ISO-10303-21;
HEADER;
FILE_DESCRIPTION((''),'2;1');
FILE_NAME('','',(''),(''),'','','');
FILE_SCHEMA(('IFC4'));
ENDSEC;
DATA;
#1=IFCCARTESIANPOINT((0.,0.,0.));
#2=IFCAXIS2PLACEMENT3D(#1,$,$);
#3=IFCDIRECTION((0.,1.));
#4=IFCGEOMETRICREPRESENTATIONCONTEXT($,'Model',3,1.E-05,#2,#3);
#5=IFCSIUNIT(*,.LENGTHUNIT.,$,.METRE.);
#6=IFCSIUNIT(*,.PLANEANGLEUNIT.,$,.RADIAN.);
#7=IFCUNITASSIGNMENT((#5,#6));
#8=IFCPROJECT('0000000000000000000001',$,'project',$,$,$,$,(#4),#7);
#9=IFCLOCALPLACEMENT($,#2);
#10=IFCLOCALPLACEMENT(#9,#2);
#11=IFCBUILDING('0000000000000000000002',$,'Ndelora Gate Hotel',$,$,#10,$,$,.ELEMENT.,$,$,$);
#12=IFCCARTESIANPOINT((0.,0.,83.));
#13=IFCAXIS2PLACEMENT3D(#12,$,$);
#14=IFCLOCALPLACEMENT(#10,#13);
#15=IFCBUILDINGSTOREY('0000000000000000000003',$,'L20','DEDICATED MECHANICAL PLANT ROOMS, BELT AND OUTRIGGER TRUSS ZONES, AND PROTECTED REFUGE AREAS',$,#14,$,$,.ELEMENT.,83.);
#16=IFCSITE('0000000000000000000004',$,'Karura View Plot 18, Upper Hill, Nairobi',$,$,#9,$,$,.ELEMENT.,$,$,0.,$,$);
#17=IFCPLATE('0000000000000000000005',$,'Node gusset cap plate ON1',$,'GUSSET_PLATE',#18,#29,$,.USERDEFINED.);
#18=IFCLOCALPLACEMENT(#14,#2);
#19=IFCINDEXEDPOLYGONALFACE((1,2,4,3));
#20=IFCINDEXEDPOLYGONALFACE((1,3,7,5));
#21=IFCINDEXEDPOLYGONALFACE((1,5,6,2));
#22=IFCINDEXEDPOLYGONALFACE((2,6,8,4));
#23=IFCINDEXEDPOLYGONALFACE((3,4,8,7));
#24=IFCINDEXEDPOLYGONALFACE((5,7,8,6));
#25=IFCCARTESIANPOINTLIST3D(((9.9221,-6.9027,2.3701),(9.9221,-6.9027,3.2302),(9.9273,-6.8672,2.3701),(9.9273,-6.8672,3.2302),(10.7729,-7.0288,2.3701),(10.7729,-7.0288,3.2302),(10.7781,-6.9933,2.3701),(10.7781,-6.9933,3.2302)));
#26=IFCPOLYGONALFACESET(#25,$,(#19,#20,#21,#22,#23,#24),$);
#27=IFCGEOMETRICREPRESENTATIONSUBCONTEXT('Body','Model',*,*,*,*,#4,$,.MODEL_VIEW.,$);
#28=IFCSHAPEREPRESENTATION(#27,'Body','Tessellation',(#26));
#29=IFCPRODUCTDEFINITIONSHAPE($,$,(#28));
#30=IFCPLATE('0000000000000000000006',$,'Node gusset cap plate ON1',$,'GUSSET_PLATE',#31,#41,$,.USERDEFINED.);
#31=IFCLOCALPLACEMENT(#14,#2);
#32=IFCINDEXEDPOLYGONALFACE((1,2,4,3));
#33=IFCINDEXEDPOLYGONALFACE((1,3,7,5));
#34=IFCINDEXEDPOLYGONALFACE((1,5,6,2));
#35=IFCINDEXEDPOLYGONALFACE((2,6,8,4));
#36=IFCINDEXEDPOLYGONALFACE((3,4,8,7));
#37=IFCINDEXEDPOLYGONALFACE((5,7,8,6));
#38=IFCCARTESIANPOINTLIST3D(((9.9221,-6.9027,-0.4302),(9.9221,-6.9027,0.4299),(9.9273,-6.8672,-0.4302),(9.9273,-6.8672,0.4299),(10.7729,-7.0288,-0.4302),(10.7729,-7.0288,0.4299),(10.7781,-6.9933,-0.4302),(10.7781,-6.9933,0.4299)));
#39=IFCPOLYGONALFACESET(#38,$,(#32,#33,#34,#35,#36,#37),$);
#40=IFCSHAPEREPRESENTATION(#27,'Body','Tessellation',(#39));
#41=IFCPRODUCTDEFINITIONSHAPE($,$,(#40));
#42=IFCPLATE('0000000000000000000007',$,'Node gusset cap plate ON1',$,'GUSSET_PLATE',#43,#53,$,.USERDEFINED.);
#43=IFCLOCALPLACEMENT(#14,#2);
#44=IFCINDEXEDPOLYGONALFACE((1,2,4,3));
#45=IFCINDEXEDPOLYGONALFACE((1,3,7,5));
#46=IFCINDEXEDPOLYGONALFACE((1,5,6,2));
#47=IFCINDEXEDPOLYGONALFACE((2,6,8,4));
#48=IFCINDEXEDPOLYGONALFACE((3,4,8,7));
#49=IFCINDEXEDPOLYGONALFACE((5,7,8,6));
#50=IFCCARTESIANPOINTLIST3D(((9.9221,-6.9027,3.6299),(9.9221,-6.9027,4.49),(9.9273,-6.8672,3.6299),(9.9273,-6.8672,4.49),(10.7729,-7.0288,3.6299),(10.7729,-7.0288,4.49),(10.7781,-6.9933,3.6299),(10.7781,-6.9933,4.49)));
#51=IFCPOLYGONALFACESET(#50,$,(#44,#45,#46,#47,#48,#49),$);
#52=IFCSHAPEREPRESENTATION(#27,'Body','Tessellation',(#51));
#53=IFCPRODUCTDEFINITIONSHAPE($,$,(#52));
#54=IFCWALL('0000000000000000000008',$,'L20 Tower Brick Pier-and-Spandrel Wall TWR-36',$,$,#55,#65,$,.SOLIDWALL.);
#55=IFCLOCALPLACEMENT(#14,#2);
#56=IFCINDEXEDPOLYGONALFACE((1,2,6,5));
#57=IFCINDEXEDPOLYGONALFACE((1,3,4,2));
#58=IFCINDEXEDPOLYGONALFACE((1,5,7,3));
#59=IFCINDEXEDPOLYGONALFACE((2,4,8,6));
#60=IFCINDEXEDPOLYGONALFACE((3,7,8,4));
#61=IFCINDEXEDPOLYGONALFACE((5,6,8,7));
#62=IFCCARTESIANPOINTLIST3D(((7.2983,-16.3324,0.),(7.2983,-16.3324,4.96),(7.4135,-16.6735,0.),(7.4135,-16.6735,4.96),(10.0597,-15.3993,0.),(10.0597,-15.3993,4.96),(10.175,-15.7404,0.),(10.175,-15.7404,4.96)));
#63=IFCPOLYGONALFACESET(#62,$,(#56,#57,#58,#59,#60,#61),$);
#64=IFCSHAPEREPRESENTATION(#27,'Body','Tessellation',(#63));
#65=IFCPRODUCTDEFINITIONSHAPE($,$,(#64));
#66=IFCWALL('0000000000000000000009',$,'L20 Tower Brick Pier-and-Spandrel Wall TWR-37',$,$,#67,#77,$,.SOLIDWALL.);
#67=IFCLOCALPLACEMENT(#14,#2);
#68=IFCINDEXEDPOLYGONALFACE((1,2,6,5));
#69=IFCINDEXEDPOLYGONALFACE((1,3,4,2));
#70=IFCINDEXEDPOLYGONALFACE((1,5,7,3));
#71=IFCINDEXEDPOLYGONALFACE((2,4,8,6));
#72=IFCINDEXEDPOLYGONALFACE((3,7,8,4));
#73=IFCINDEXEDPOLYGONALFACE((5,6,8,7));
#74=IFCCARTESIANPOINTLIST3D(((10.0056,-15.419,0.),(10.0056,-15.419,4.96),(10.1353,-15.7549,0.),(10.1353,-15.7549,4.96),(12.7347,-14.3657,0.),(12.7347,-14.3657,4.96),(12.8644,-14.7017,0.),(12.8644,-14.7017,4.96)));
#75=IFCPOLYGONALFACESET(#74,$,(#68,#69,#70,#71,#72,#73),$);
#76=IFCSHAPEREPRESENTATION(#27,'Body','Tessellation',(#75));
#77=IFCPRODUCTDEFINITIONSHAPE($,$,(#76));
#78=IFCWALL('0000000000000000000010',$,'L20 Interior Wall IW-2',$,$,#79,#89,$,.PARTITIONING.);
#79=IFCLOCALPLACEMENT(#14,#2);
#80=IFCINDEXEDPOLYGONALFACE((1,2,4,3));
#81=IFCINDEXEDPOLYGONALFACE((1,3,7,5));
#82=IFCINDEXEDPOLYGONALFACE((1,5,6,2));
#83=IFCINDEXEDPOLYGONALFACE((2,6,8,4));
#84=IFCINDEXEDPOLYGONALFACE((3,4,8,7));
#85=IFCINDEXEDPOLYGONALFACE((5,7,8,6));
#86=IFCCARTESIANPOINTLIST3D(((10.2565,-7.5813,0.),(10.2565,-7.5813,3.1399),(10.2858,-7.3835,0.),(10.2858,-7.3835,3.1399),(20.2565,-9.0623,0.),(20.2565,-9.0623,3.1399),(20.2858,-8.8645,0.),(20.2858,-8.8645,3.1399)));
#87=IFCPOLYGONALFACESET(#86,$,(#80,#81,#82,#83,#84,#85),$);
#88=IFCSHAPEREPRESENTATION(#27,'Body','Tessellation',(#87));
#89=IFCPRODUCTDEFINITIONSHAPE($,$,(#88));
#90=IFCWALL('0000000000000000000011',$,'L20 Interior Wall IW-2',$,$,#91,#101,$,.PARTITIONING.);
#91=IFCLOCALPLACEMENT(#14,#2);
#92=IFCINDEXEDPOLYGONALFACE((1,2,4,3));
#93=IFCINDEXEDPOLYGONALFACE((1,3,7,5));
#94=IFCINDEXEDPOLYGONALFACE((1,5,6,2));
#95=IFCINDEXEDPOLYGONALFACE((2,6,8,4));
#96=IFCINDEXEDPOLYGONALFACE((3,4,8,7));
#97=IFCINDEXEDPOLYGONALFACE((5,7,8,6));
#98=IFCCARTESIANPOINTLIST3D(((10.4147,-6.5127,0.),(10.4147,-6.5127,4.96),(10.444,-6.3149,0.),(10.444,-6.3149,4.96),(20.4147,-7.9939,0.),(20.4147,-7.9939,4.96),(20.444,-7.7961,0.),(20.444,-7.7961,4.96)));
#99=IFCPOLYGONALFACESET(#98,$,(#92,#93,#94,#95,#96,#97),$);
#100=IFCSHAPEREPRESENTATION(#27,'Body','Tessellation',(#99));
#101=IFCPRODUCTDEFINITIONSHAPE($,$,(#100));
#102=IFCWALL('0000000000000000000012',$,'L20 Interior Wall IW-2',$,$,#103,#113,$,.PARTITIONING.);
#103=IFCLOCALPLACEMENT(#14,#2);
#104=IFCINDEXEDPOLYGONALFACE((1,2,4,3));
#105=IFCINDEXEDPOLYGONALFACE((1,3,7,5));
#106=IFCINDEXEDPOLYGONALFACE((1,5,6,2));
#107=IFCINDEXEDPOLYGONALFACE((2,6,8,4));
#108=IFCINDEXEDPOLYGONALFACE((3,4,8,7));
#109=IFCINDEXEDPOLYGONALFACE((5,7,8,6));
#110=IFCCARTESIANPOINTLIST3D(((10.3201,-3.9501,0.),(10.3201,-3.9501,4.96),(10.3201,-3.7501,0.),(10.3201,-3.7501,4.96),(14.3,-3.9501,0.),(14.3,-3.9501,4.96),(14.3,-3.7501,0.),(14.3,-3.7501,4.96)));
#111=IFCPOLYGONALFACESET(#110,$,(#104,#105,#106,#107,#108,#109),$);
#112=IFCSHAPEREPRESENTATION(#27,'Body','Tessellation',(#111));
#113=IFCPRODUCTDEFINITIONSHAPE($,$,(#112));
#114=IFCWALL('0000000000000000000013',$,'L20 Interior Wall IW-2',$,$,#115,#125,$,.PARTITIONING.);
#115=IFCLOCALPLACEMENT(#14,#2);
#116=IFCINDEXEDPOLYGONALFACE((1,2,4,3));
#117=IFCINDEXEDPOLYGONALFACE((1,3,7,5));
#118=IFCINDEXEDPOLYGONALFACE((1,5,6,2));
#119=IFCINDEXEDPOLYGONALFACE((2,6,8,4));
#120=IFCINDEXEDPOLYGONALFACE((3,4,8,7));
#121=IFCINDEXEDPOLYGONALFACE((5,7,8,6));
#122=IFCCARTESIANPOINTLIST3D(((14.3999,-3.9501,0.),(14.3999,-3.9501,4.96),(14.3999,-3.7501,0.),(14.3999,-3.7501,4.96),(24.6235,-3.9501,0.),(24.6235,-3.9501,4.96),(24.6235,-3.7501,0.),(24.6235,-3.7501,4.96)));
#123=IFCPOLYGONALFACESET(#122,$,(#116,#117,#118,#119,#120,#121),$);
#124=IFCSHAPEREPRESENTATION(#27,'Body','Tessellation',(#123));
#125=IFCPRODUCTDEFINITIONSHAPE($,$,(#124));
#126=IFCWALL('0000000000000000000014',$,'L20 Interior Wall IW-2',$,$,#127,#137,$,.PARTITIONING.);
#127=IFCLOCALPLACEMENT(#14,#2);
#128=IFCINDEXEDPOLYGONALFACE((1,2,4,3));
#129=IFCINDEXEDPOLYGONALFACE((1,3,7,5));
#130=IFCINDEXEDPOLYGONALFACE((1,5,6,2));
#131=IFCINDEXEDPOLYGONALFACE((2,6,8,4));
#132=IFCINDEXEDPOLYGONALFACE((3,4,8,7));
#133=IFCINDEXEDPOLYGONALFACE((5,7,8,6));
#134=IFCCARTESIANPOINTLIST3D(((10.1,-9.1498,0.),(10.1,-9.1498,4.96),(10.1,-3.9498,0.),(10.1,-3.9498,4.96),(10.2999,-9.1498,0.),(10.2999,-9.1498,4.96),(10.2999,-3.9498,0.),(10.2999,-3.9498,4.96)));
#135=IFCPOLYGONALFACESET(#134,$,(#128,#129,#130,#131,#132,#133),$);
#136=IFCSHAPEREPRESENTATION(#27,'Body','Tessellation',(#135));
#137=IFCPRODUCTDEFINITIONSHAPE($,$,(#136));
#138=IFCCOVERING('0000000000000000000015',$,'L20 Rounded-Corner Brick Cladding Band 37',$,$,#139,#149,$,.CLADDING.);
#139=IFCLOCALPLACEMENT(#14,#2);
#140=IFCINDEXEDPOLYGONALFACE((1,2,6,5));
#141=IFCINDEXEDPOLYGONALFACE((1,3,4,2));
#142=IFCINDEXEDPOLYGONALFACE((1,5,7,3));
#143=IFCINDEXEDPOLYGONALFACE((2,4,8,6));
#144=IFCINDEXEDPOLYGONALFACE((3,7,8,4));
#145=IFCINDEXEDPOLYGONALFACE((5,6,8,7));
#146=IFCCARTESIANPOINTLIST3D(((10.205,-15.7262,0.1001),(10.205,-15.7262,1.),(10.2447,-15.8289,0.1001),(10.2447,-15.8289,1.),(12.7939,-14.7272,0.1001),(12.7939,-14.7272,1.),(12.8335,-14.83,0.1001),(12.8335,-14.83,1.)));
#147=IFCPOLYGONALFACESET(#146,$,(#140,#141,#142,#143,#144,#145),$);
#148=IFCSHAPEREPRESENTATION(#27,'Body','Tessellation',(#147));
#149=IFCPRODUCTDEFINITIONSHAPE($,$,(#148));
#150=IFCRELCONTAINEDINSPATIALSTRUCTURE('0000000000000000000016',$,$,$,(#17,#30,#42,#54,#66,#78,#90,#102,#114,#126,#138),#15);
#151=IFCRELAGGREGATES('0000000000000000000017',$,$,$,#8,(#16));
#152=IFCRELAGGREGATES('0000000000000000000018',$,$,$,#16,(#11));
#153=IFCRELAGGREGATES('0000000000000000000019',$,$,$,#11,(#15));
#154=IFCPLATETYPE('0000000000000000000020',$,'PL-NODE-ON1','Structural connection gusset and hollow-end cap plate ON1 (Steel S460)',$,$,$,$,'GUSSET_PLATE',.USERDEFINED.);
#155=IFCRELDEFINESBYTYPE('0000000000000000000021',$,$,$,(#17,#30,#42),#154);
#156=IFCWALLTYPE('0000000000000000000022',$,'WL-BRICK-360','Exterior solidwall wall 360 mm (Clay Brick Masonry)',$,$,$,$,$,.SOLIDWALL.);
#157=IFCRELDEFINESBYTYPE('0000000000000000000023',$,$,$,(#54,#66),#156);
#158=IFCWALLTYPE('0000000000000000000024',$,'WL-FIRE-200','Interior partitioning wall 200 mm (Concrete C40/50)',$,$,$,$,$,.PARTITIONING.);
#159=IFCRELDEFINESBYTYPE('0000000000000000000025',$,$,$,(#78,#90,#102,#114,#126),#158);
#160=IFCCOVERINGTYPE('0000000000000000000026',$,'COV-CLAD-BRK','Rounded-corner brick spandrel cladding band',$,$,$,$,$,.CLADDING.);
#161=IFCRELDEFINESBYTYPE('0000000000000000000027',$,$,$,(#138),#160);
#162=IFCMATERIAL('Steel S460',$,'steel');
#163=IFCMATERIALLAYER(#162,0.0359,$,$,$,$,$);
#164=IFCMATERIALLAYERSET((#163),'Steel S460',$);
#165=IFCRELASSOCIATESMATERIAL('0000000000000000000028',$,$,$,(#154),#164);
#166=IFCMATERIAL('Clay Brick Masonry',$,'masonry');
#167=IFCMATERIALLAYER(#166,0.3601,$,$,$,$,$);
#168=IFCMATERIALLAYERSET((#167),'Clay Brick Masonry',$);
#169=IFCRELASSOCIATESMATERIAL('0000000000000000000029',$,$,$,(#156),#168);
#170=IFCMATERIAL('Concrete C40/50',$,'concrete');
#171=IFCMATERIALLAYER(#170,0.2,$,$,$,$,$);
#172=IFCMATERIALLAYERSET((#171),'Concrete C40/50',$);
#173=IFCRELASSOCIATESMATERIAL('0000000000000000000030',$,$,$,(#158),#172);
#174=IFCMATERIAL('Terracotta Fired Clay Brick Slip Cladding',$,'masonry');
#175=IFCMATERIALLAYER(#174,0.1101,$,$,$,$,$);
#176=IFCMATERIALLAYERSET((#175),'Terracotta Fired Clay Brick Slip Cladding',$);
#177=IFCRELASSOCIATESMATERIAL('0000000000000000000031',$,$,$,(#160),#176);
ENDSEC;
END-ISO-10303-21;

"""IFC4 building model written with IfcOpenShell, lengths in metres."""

from ifc_helpers import new_model, si_unit, direction, frame, frame_2d, origin, origin_2d, place, context, subcontext, project, spatial, rectangle, extrude, material, layer, layer_set, type_object, element, save


model = new_model("IFC4")

# Units and contexts
model_context = context("Model", 3, precision=1e-05, world=origin(), true_north=direction((0.0, 1.0)))
body_context = subcontext(model_context, "Body", "Model", "MODEL_VIEW")
ifc_project = project(units=[si_unit("LENGTHUNIT", "METRE"), si_unit("PLANEANGLEUNIT", "RADIAN")], contexts=[model_context])

# Site, building, storey
site_placement = place(None, origin())
site = spatial("IfcSite", under=ifc_project, at=site_placement, Name="Karura View Plot 18, Upper Hill, Nairobi", CompositionType="ELEMENT", RefElevation=0.0)
building_placement = place(site_placement, origin())
building = spatial("IfcBuilding", under=site, at=building_placement, Name="Ndelora Gate Hotel", CompositionType="ELEMENT")
storey_placement = place(building_placement, frame((0.0, 0.0, 83.0)))
storey = spatial("IfcBuildingStorey", under=building, at=storey_placement, Name="L20", Description="DEDICATED MECHANICAL PLANT ROOMS, BELT AND OUTRIGGER TRUSS ZONES, AND PROTECTED REFUGE AREAS", CompositionType="ELEMENT", Elevation=83.0)

# Shared definitions
ifc_material_1 = material(Name="Steel S460", Category="steel")

# Plates
ifc_layer_1 = layer(ifc_material_1, 0.0359)
ifc_layer_set_1 = layer_set([ifc_layer_1], Name="Steel S460")
plate_type_1 = type_object("IfcPlateType", Name="PL-NODE-ON1", Description="Structural connection gusset and hollow-end cap plate ON1 (Steel S460)", ElementType="GUSSET_PLATE", PredefinedType="USERDEFINED", material=ifc_layer_set_1)
for number, where, z_axis, x_axis, name in (
    (1, (10.3501, -6.948, 2.3701), (0.0, 0.0, 1.0), (-0.989196, 0.146601, 0.0), "Node gusset cap plate ON1"),
    (2, (10.3501, -6.948, -0.4302), (0.0, 0.0, 1.0), (-0.989196, 0.146601, 0.0), "Node gusset cap plate ON1"),
    (3, (10.3501, -6.948, 3.6299), (0.0, 0.0, 1.0), (-0.989196, 0.146601, 0.0), "Node gusset cap plate ON1"),
):
    element("IfcPlate", number, at=place(storey_placement, frame(where, z_axis=z_axis, x_axis=x_axis)), inside=storey, type_object=plate_type_1, Name=name, ObjectType="GUSSET_PLATE", PredefinedType="USERDEFINED", context=body_context, shape_type="SweptSolid", body=[
        extrude(rectangle(XDim=0.8601, YDim=0.0359, at=origin_2d()), origin(), (0.0, 0.0, 1.0), 0.8601),
    ])

# Walls
ifc_material_2 = material(Name="Clay Brick Masonry", Category="masonry")
ifc_layer_2 = layer(ifc_material_2, 0.3601)
ifc_layer_set_2 = layer_set([ifc_layer_2], Name="Clay Brick Masonry")
wall_type_1 = type_object("IfcWallType", Name="WL-BRICK-360", Description="Exterior solidwall wall 360 mm (Clay Brick Masonry)", PredefinedType="SOLIDWALL", material=ifc_layer_set_2)
wall_1_placement = place(storey_placement, frame((10.1174, -15.5698, 0.0), z_axis=(0.0, 0.0, 1.0), x_axis=(-0.947377, -0.32012, 0.0)))
element("IfcWall", 4, at=wall_1_placement, inside=storey, type_object=wall_type_1, Name="L20 Tower Brick Pier-and-Spandrel Wall TWR-36", PredefinedType="SOLIDWALL", context=body_context, shape_type="SweptSolid", body=[
    extrude(rectangle(XDim=2.9148, YDim=0.3601, at=frame_2d((1.4575, 0.0))), origin(), (0.0, 0.0, 1.0), 4.96),
])
wall_2_placement = place(storey_placement, frame((12.7996, -14.5337, 0.0), z_axis=(0.0, 0.0, 1.0), x_axis=(-0.932932, -0.360053, 0.0)))
element("IfcWall", 5, at=wall_2_placement, inside=storey, type_object=wall_type_1, Name="L20 Tower Brick Pier-and-Spandrel Wall TWR-37", PredefinedType="SOLIDWALL", context=body_context, shape_type="SweptSolid", body=[
    extrude(rectangle(XDim=2.9253, YDim=0.3601, at=frame_2d((1.4626, 0.0))), origin(), (0.0, 0.0, 1.0), 4.96),
])
ifc_material_3 = material(Name="Concrete C40/50", Category="concrete")
ifc_layer_3 = layer(ifc_material_3, 0.2)
ifc_layer_set_3 = layer_set([ifc_layer_3], Name="Concrete C40/50")
wall_type_2 = type_object("IfcWallType", Name="WL-FIRE-200", Description="Interior partitioning wall 200 mm (Concrete C40/50)", PredefinedType="PARTITIONING", material=ifc_layer_set_3)
wall_3_placement = place(storey_placement, frame((10.271, -7.4824, 0.0), z_axis=(0.0, 0.0, 1.0), x_axis=(0.989211, -0.146498, 0.0)))
element("IfcWall", 6, at=wall_3_placement, inside=storey, type_object=wall_type_2, Name="L20 Interior Wall IW-2", PredefinedType="PARTITIONING", context=body_context, shape_type="SweptSolid", body=[
    extrude(rectangle(XDim=10.1091, YDim=0.2, at=frame_2d((5.0547, 0.0))), origin(), (0.0, 0.0, 1.0), 3.1399),
])
wall_4_placement = place(storey_placement, frame((10.4292, -6.4138, 0.0), z_axis=(0.0, 0.0, 1.0), x_axis=(0.989207, -0.146522, 0.0)))
element("IfcWall", 7, at=wall_4_placement, inside=storey, type_object=wall_type_2, Name="L20 Interior Wall IW-2", PredefinedType="PARTITIONING", context=body_context, shape_type="SweptSolid", body=[
    extrude(rectangle(XDim=10.1091, YDim=0.2, at=frame_2d((5.0547, 0.0))), origin(), (0.0, 0.0, 1.0), 4.96),
])
wall_5_placement = place(storey_placement, frame((10.3201, -3.8501, 0.0), z_axis=(0.0, 0.0, 1.0), x_axis=(1.0, 0.0, 0.0)))
element("IfcWall", 8, at=wall_5_placement, inside=storey, type_object=wall_type_2, Name="L20 Interior Wall IW-2", PredefinedType="PARTITIONING", context=body_context, shape_type="SweptSolid", body=[
    extrude(rectangle(XDim=3.98, YDim=0.2, at=frame_2d((1.99, 0.0))), origin(), (0.0, 0.0, 1.0), 4.96),
])
wall_6_placement = place(storey_placement, frame((14.3999, -3.8501, 0.0), z_axis=(0.0, 0.0, 1.0), x_axis=(1.0, 0.0, 0.0)))
element("IfcWall", 9, at=wall_6_placement, inside=storey, type_object=wall_type_2, Name="L20 Interior Wall IW-2", PredefinedType="PARTITIONING", context=body_context, shape_type="SweptSolid", body=[
    extrude(rectangle(XDim=10.2236, YDim=0.2, at=frame_2d((5.1118, 0.0))), origin(), (0.0, 0.0, 1.0), 4.96),
])
wall_7_placement = place(storey_placement, frame((10.2, -9.1499, 0.0), z_axis=(0.0, 0.0, 1.0), x_axis=(0.0, 1.0, 0.0)))
element("IfcWall", 10, at=wall_7_placement, inside=storey, type_object=wall_type_2, Name="L20 Interior Wall IW-2", PredefinedType="PARTITIONING", context=body_context, shape_type="SweptSolid", body=[
    extrude(rectangle(XDim=5.2, YDim=0.2, at=frame_2d((2.6001, 0.0))), origin(), (0.0, 0.0, 1.0), 4.96),
])

# Covering
ifc_material_4 = material(Name="Terracotta Fired Clay Brick Slip Cladding", Category="masonry")
ifc_layer_4 = layer(ifc_material_4, 0.1101)
ifc_layer_set_4 = layer_set([ifc_layer_4], Name="Terracotta Fired Clay Brick Slip Cladding")
covering_type = type_object("IfcCoveringType", Name="COV-CLAD-BRK", Description="Rounded-corner brick spandrel cladding band", PredefinedType="CLADDING", material=ifc_layer_set_4)
covering_placement = place(storey_placement, frame((11.5193, -15.2781, 0.1001), z_axis=(0.0, 0.0, 1.0), x_axis=(0.932954, 0.359997, 0.0)))
element("IfcCovering", 11, at=covering_placement, inside=storey, type_object=covering_type, Name="L20 Rounded-Corner Brick Cladding Band 37", PredefinedType="CLADDING", context=body_context, shape_type="SweptSolid", body=[
    extrude(rectangle(XDim=2.7749, YDim=0.1101, at=origin_2d()), origin(), (0.0, 0.0, 1.0), 0.8999),
])

save(model, "model.ifc")
